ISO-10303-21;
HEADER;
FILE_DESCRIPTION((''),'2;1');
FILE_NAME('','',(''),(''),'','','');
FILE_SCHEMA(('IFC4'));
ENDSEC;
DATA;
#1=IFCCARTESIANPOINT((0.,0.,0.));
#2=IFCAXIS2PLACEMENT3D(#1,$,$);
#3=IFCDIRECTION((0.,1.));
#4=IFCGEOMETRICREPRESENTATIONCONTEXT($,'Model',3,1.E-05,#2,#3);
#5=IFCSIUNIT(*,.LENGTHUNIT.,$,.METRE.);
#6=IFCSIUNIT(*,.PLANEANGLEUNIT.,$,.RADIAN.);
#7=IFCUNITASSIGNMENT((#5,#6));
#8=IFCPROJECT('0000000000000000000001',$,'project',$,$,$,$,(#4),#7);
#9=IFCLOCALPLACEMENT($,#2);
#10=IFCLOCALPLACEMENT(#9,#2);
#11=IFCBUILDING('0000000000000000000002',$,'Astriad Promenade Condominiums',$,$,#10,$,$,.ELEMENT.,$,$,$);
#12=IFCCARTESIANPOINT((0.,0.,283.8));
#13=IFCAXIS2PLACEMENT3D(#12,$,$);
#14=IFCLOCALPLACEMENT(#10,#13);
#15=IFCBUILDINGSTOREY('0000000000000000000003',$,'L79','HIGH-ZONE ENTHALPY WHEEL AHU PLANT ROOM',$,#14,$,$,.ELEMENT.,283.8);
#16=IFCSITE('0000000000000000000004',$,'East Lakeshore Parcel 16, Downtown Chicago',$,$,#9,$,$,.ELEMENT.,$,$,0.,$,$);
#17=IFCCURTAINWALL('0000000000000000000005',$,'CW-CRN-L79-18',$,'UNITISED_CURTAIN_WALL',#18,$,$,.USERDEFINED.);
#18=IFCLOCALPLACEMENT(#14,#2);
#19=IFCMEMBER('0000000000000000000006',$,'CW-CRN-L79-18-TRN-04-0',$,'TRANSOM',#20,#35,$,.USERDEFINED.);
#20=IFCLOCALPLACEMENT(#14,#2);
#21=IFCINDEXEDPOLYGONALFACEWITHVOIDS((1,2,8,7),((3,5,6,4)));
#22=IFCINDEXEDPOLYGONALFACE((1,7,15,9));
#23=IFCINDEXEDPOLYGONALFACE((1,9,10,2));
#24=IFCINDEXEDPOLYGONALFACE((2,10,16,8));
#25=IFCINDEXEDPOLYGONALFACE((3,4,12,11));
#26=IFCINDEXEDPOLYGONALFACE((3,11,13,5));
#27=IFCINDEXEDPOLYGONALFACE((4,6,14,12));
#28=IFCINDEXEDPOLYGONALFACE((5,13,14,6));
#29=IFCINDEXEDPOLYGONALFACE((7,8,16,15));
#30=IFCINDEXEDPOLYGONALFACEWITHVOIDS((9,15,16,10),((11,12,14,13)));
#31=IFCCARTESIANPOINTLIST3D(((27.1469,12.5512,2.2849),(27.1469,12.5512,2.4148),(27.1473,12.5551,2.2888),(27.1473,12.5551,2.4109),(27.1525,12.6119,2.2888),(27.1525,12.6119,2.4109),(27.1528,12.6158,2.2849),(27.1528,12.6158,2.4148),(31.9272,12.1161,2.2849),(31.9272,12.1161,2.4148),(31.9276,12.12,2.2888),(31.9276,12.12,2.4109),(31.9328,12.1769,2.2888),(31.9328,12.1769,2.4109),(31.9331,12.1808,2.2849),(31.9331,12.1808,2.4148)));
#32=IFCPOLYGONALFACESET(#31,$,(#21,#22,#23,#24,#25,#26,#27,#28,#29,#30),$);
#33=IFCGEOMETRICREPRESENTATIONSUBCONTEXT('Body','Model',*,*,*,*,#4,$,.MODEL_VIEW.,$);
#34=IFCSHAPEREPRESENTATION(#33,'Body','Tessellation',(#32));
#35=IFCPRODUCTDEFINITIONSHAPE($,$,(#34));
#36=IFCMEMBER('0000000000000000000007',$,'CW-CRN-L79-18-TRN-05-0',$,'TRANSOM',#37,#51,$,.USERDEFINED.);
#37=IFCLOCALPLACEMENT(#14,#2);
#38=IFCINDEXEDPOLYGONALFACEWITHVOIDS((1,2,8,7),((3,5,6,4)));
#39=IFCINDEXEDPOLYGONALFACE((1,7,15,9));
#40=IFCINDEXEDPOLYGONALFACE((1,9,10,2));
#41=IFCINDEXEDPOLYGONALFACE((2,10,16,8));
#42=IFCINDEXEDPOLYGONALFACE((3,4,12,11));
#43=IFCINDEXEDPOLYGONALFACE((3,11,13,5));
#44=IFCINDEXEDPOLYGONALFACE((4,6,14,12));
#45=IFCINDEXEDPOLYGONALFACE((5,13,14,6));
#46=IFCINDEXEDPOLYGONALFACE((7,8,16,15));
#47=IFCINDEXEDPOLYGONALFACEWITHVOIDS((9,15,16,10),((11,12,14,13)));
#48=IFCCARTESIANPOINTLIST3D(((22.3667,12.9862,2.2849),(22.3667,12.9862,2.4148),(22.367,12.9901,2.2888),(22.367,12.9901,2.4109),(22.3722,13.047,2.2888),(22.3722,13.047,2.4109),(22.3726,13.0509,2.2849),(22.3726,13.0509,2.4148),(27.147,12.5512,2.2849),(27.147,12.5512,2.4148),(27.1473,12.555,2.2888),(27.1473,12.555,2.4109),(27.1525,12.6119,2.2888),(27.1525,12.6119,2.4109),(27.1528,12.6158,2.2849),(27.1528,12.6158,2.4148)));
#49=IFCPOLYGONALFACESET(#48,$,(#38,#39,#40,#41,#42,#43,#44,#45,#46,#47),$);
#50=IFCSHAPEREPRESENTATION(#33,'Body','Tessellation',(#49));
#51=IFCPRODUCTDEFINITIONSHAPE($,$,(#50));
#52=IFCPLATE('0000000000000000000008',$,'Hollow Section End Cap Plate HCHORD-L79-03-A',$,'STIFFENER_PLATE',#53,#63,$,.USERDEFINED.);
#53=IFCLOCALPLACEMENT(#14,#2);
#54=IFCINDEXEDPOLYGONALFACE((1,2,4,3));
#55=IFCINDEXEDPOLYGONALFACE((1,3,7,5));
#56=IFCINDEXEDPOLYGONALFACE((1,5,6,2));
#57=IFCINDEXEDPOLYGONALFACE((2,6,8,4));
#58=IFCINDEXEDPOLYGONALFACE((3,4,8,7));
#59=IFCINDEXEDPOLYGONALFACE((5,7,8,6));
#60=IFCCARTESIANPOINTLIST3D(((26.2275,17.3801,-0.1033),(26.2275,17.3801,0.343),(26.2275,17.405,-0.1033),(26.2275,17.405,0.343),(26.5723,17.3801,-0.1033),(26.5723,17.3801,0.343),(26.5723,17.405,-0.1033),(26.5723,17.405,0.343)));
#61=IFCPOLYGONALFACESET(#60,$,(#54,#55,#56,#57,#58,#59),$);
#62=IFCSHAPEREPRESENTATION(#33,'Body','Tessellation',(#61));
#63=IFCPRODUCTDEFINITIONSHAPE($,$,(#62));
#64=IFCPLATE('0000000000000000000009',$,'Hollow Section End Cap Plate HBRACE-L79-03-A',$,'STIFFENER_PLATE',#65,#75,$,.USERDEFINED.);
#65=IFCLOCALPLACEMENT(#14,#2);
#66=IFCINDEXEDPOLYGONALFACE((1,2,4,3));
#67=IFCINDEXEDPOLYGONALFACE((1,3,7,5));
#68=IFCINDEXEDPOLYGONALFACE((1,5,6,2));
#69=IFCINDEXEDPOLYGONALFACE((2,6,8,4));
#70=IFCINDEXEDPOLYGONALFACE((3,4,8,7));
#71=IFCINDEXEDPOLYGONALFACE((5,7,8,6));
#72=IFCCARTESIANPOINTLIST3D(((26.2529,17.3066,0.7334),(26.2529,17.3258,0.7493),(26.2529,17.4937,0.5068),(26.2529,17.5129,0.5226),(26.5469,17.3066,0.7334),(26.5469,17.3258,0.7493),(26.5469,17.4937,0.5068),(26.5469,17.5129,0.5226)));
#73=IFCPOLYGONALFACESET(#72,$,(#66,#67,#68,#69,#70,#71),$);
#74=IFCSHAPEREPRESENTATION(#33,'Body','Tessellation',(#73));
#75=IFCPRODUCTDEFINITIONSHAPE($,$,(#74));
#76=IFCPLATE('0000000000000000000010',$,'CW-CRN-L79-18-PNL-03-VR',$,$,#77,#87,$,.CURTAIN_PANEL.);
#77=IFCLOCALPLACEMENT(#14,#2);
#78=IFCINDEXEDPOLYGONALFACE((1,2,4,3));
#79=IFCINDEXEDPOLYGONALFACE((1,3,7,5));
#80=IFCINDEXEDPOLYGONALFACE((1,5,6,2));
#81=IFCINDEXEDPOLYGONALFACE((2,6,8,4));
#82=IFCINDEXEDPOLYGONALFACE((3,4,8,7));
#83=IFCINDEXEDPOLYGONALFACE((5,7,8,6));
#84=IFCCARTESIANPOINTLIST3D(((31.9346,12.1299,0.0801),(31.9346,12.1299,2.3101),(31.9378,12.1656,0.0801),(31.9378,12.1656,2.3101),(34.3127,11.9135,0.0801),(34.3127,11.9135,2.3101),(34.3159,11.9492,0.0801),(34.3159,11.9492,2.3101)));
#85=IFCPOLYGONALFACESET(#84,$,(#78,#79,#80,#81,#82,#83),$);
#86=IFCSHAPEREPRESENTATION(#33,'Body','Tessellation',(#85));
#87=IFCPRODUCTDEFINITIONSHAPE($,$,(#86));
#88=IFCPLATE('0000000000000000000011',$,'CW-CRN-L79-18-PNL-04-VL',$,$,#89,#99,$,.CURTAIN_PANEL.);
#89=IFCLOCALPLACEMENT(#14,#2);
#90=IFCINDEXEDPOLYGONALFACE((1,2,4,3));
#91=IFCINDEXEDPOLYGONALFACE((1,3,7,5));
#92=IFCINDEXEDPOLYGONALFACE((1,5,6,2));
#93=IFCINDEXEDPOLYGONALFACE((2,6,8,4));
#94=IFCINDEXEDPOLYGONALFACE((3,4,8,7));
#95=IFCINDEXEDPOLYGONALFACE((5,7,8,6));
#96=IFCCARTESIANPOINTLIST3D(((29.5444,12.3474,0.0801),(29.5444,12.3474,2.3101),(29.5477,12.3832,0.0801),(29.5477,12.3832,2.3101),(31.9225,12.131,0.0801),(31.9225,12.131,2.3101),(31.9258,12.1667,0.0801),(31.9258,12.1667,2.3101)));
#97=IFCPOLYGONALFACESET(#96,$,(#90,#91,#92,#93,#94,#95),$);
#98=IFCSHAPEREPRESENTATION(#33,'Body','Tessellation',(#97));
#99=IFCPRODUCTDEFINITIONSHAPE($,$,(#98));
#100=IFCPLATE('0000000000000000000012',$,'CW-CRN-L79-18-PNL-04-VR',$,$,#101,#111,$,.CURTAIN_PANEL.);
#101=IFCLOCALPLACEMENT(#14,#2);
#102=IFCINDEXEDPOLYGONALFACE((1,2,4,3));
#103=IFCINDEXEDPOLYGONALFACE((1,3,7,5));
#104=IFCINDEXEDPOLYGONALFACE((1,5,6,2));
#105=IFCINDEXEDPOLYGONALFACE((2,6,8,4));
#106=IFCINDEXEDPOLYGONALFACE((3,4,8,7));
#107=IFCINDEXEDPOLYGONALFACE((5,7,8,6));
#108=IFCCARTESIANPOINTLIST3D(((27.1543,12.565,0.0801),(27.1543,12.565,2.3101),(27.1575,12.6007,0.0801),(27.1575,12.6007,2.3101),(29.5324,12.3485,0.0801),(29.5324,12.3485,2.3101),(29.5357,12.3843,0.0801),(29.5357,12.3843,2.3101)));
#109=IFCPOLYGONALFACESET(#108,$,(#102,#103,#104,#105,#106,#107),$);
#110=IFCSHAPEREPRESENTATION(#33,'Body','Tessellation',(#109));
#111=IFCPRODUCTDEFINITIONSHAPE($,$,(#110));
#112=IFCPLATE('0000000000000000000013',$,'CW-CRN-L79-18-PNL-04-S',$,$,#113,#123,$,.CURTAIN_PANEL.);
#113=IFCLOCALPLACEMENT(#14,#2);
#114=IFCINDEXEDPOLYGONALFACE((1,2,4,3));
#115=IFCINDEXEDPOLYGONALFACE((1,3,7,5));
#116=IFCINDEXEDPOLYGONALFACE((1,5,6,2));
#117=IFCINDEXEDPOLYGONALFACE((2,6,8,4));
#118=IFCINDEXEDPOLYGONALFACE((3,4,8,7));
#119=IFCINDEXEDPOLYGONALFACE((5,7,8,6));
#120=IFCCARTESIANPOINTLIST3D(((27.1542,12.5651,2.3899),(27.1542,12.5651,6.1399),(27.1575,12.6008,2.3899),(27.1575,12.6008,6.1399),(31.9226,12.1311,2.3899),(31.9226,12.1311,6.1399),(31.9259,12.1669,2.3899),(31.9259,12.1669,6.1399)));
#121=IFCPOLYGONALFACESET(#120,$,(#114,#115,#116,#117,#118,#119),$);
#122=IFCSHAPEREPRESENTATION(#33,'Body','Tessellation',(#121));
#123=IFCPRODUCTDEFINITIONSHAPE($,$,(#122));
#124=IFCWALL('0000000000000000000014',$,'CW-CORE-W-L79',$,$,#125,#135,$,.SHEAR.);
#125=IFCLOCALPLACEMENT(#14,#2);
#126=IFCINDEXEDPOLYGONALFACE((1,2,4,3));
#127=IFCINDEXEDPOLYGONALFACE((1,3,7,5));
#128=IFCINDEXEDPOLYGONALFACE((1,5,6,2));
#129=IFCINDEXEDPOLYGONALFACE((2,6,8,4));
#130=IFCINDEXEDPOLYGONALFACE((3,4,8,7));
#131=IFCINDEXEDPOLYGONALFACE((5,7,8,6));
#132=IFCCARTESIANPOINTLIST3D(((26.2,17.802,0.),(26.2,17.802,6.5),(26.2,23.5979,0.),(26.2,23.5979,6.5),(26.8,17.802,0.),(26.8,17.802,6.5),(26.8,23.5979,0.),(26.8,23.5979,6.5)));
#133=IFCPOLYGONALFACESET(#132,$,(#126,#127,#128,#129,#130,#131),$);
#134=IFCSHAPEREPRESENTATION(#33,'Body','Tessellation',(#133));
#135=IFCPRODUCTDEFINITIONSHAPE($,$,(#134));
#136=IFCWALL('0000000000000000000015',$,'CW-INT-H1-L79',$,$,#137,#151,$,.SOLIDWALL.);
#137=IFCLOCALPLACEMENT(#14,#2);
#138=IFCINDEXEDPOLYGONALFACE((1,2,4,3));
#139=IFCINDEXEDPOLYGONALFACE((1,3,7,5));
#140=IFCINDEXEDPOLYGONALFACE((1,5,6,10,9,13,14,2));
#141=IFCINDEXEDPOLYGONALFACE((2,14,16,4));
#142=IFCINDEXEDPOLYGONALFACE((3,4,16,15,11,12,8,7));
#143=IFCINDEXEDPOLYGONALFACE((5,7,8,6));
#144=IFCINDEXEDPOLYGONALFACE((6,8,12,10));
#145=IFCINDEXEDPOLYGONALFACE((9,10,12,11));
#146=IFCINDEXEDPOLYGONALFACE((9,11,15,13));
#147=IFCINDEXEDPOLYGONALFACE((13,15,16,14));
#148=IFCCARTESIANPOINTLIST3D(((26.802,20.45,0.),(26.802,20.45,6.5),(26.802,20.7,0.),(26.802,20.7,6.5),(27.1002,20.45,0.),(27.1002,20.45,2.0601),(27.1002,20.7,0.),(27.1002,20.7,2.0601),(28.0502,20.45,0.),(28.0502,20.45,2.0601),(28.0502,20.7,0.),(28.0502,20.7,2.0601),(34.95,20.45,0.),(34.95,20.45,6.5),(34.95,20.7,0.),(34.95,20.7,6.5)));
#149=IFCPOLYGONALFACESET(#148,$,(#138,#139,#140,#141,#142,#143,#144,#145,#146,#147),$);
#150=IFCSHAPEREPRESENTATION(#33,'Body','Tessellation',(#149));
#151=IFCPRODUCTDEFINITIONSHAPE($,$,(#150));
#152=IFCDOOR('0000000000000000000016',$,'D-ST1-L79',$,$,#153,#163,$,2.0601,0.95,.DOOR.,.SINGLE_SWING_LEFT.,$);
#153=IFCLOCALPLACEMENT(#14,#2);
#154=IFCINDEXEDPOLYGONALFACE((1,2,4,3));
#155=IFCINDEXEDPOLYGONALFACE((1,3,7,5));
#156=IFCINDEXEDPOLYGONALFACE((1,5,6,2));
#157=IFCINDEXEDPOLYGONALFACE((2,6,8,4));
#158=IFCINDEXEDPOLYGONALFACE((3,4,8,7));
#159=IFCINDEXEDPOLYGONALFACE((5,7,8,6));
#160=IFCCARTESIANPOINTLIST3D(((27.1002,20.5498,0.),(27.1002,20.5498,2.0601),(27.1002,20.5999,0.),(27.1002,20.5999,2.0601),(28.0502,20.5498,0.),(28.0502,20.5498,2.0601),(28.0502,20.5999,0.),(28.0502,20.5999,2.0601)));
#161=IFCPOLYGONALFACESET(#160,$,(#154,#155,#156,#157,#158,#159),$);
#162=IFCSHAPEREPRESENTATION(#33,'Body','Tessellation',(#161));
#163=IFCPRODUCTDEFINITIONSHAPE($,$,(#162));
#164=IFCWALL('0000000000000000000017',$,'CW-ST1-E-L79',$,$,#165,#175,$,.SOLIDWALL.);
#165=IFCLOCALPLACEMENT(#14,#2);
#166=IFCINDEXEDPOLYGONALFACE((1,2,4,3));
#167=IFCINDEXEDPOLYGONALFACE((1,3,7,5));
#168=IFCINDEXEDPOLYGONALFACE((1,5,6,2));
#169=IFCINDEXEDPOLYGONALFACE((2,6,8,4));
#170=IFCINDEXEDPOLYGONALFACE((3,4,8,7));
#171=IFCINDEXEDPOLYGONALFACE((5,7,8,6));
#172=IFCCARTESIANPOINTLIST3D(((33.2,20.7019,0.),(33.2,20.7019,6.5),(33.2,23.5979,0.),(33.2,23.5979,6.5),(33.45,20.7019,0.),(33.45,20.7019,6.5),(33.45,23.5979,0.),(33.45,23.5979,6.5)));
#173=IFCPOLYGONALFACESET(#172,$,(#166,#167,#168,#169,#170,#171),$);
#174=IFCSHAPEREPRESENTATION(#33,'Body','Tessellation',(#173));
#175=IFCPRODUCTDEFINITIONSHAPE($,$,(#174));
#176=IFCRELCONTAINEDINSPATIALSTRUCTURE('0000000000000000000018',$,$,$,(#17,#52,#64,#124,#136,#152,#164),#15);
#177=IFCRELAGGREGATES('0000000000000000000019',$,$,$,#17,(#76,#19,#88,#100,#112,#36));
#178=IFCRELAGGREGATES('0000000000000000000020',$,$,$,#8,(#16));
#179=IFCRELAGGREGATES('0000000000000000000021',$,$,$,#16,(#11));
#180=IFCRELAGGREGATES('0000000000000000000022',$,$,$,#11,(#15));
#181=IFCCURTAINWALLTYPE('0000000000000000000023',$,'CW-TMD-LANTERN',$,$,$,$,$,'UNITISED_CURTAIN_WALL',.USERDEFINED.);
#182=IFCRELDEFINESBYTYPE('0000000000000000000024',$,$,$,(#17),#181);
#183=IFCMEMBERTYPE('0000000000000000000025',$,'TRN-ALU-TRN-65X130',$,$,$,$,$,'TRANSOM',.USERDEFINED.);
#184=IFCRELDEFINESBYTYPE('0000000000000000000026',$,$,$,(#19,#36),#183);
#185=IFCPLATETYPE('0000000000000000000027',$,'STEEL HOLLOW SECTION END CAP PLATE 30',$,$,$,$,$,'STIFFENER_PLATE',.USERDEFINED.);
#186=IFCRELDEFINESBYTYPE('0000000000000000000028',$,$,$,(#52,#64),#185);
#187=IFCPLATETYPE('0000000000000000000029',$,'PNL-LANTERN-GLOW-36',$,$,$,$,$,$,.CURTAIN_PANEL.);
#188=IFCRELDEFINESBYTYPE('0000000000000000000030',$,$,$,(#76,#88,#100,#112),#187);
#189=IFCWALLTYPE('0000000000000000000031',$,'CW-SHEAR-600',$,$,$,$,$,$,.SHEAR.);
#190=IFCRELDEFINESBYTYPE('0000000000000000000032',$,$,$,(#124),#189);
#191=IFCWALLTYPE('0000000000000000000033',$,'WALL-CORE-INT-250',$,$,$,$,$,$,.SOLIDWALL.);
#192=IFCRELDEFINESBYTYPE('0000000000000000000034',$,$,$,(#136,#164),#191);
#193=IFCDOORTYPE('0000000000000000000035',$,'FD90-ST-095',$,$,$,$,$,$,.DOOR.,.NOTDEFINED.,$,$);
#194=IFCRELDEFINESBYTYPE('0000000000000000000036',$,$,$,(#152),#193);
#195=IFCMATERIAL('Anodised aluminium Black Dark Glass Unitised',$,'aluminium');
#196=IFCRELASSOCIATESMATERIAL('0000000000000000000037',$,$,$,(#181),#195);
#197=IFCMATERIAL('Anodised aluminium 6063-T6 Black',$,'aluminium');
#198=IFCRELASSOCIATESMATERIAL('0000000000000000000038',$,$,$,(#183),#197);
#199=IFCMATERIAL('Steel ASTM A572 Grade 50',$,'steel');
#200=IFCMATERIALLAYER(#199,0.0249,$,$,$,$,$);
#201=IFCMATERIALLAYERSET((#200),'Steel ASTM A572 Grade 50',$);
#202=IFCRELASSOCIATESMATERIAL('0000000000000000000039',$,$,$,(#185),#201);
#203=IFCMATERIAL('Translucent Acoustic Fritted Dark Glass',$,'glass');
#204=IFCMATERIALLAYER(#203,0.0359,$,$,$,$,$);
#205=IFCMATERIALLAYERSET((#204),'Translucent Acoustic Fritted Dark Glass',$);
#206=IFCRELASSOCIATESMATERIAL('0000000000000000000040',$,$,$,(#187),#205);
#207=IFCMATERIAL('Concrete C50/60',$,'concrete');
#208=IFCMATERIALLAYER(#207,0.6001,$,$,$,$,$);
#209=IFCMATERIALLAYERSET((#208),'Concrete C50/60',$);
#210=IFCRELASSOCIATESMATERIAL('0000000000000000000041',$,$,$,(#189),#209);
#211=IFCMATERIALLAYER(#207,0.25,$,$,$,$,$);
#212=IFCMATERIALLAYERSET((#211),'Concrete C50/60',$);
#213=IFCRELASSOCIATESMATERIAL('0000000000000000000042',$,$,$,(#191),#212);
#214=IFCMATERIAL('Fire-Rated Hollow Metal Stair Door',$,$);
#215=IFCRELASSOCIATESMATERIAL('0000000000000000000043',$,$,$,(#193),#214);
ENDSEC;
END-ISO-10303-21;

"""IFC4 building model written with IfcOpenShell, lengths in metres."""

from ifc_helpers import new_model, si_unit, direction, frame, frame_2d, origin, origin_2d, place, context, subcontext, project, spatial, rectangle, hollow_rectangle, extrude, source, transform, mapped, material, layer, layer_set, material_profile, profile_set, type_object, type_shapes, element, fill, aggregate, save


model = new_model("IFC4")

# Units and contexts
model_context = context("Model", 3, precision=1e-05, world=origin(), true_north=direction((0.0, 1.0)))
body_context = subcontext(model_context, "Body", "Model", "MODEL_VIEW")
ifc_project = project(units=[si_unit("LENGTHUNIT", "METRE"), si_unit("PLANEANGLEUNIT", "RADIAN")], contexts=[model_context])

# Site, building, storey
site_placement = place(None, origin())
site = spatial("IfcSite", under=ifc_project, at=site_placement, Name="East Lakeshore Parcel 16, Downtown Chicago", CompositionType="ELEMENT", RefElevation=0.0)
building_placement = place(site_placement, origin())
building = spatial("IfcBuilding", under=site, at=building_placement, Name="Astriad Promenade Condominiums", CompositionType="ELEMENT")
storey_placement = place(building_placement, frame((0.0, 0.0, 283.8)))
storey = spatial("IfcBuildingStorey", under=building, at=storey_placement, Name="L79", Description="HIGH-ZONE ENTHALPY WHEEL AHU PLANT ROOM", CompositionType="ELEMENT", Elevation=283.8)

# Shared definitions
ifc_material_1 = material(Name="Concrete C50/60", Category="concrete")

# Curtain wall, members
ifc_material_2 = material(Name="Anodised aluminium Black Dark Glass Unitised", Category="aluminium")
curtain_wall_type = type_object("IfcCurtainWallType", Name="CW-TMD-LANTERN", ElementType="UNITISED_CURTAIN_WALL", PredefinedType="USERDEFINED", material=ifc_material_2)
curtain_wall_placement = place(storey_placement, origin())
curtain_wall = element("IfcCurtainWall", 1, at=curtain_wall_placement, inside=storey, type_object=curtain_wall_type, Name="CW-CRN-L79-18", ObjectType="UNITISED_CURTAIN_WALL", PredefinedType="USERDEFINED")
ifc_material_3 = material(Name="Anodised aluminium 6063-T6 Black", Category="aluminium")
ifc_material_profile_1 = material_profile(ifc_material_3, hollow_rectangle(XDim=0.0649, YDim=0.1299, WallThickness=0.0039, at=origin_2d()), Name="ALU-TRN-65X130")
ifc_profile_set_1 = profile_set([ifc_material_profile_1], Name="Anodised aluminium 6063-T6 Black")
member_type_1 = type_object("IfcMemberType", Name="TRN-ALU-TRN-65X130", ElementType="TRANSOM", PredefinedType="USERDEFINED", material=ifc_profile_set_1)
shared_shape_1 = source(origin(), body_context, "Body", "SweptSolid", [
    extrude(hollow_rectangle(XDim=0.0649, YDim=0.1299, WallThickness=0.0039, at=origin_2d()), origin(), (0.0, 0.0, 1.0), 4.8),
])
type_shapes(member_type_1, [shared_shape_1])
member_1_placement = place(storey_placement, frame((31.9302, 12.1484, 2.3499), z_axis=(-0.995884, 0.090637, 0.0), x_axis=(-0.090637, -0.995884, 0.0)))
member_1 = element("IfcMember", 2, at=member_1_placement, type_object=member_type_1, Name="CW-CRN-L79-18-TRN-04-0", ObjectType="TRANSOM", PredefinedType="USERDEFINED", context=body_context, shape_type="MappedRepresentation", body=[
    mapped(shared_shape_1, transform((0.0, 0.0, 0.0), scale=1.0)),
])
member_2_placement = place(storey_placement, frame((27.1499, 12.5835, 2.3499), z_axis=(-0.995884, 0.090637, 0.0), x_axis=(-0.090637, -0.995884, 0.0)))
member_2 = element("IfcMember", 3, at=member_2_placement, type_object=member_type_1, Name="CW-CRN-L79-18-TRN-05-0", ObjectType="TRANSOM", PredefinedType="USERDEFINED", context=body_context, shape_type="MappedRepresentation", body=[
    mapped(shared_shape_1, transform((0.0, 0.0, 0.0), scale=1.0)),
])

# Plates
ifc_material_4 = material(Name="Steel ASTM A572 Grade 50", Category="steel")
ifc_layer_1 = layer(ifc_material_4, 0.0249)
ifc_layer_set_1 = layer_set([ifc_layer_1], Name="Steel ASTM A572 Grade 50")
plate_type_1 = type_object("IfcPlateType", Name="STEEL HOLLOW SECTION END CAP PLATE 30", ElementType="STIFFENER_PLATE", PredefinedType="USERDEFINED", material=ifc_layer_set_1)
shared_shape_2 = source(origin(), body_context, "Body", "SweptSolid", [
    extrude(rectangle(XDim=0.3447, YDim=0.4463, at=origin_2d()), origin(), (0.0, 0.0, 1.0), 0.0249),
])
plate_1_placement = place(storey_placement, frame((26.3999, 17.3801, 0.1199), z_axis=(0.0, 1.0, 0.0), x_axis=(-1.0, 0.0, 0.0)))
element("IfcPlate", 4, at=plate_1_placement, inside=storey, type_object=plate_type_1, Name="Hollow Section End Cap Plate HCHORD-L79-03-A", ObjectType="STIFFENER_PLATE", PredefinedType="USERDEFINED", context=body_context, shape_type="MappedRepresentation", body=[
    mapped(shared_shape_2, transform((0.0, 0.0, 0.0), scale=1.0)),
])
shared_shape_3 = source(origin(), body_context, "Body", "SweptSolid", [
    extrude(rectangle(XDim=0.2939, YDim=0.2939, at=origin_2d()), origin(), (0.0, 0.0, 1.0), 0.0249),
])
type_shapes(plate_type_1, [shared_shape_2, shared_shape_3])
plate_2_placement = place(storey_placement, frame((26.3999, 17.4001, 0.6201), z_axis=(0.0, 0.771082, 0.636736), x_axis=(-1.0, 0.0, 0.0)))
element("IfcPlate", 5, at=plate_2_placement, inside=storey, type_object=plate_type_1, Name="Hollow Section End Cap Plate HBRACE-L79-03-A", ObjectType="STIFFENER_PLATE", PredefinedType="USERDEFINED", context=body_context, shape_type="MappedRepresentation", body=[
    mapped(shared_shape_3, transform((0.0, 0.0, 0.0), scale=1.0)),
])

# Plates
ifc_material_5 = material(Name="Translucent Acoustic Fritted Dark Glass", Category="glass")
ifc_layer_2 = layer(ifc_material_5, 0.0359)
ifc_layer_set_2 = layer_set([ifc_layer_2], Name="Translucent Acoustic Fritted Dark Glass")
plate_type_2 = type_object("IfcPlateType", Name="PNL-LANTERN-GLOW-36", PredefinedType="CURTAIN_PANEL", material=ifc_layer_set_2)
shared_shape_4 = source(origin(), body_context, "Body", "SweptSolid", [
    extrude(rectangle(XDim=2.3879, YDim=0.0359, at=origin_2d()), origin(), (0.0, 0.0, 1.0), 2.23),
])
plate_3_placement = place(storey_placement, frame((33.1252, 12.0396, 0.0801), z_axis=(0.0, 0.0, 1.0), x_axis=(-0.995884, 0.090633, 0.0)))
plate_3 = element("IfcPlate", 6, at=plate_3_placement, type_object=plate_type_2, Name="CW-CRN-L79-18-PNL-03-VR", PredefinedType="CURTAIN_PANEL", context=body_context, shape_type="MappedRepresentation", body=[
    mapped(shared_shape_4, transform((0.0, 0.0, 0.0), scale=1.0)),
])
plate_4_placement = place(storey_placement, frame((30.7351, 12.2571, 0.0801), z_axis=(0.0, 0.0, 1.0), x_axis=(-0.995884, 0.090633, 0.0)))
plate_4 = element("IfcPlate", 7, at=plate_4_placement, type_object=plate_type_2, Name="CW-CRN-L79-18-PNL-04-VL", PredefinedType="CURTAIN_PANEL", context=body_context, shape_type="MappedRepresentation", body=[
    mapped(shared_shape_4, transform((0.0, 0.0, 0.0), scale=1.0)),
])
plate_5_placement = place(storey_placement, frame((28.345, 12.4746, 0.0801), z_axis=(0.0, 0.0, 1.0), x_axis=(-0.995884, 0.090633, 0.0)))
plate_5 = element("IfcPlate", 8, at=plate_5_placement, type_object=plate_type_2, Name="CW-CRN-L79-18-PNL-04-VR", PredefinedType="CURTAIN_PANEL", context=body_context, shape_type="MappedRepresentation", body=[
    mapped(shared_shape_4, transform((0.0, 0.0, 0.0), scale=1.0)),
])
shared_shape_5 = source(origin(), body_context, "Body", "SweptSolid", [
    extrude(rectangle(XDim=4.7881, YDim=0.0359, at=origin_2d()), origin(), (0.0, 0.0, 1.0), 3.75),
])
type_shapes(plate_type_2, [shared_shape_4, shared_shape_5])
plate_6_placement = place(storey_placement, frame((29.54, 12.366, 2.3899), z_axis=(0.0, 0.0, 1.0), x_axis=(-0.995884, 0.090633, 0.0)))
plate_6 = element("IfcPlate", 9, at=plate_6_placement, type_object=plate_type_2, Name="CW-CRN-L79-18-PNL-04-S", PredefinedType="CURTAIN_PANEL", context=body_context, shape_type="MappedRepresentation", body=[
    mapped(shared_shape_5, transform((0.0, 0.0, 0.0), scale=1.0)),
])
aggregate(curtain_wall, [plate_3, member_1, plate_4, plate_5, plate_6, member_2])

# Wall
ifc_layer_3 = layer(ifc_material_1, 0.6001)
ifc_layer_set_3 = layer_set([ifc_layer_3], Name="Concrete C50/60")
wall_type_1 = type_object("IfcWallType", Name="CW-SHEAR-600", PredefinedType="SHEAR", material=ifc_layer_set_3)
wall_1_placement = place(storey_placement, frame((26.5, 17.802, 0.0), z_axis=(0.0, 0.0, 1.0), x_axis=(0.0, 1.0, 0.0)))
element("IfcWall", 10, at=wall_1_placement, inside=storey, type_object=wall_type_1, Name="CW-CORE-W-L79", PredefinedType="SHEAR", context=body_context, shape_type="SweptSolid", body=[
    extrude(rectangle(XDim=5.7959, YDim=0.6001, at=frame_2d((2.8979, 0.0))), origin(), (0.0, 0.0, 1.0), 6.5),
])

# Wall, opening, door
ifc_layer_4 = layer(ifc_material_1, 0.25)
ifc_layer_set_4 = layer_set([ifc_layer_4], Name="Concrete C50/60")
wall_type_2 = type_object("IfcWallType", Name="WALL-CORE-INT-250", PredefinedType="SOLIDWALL", material=ifc_layer_set_4)
wall_2_placement = place(storey_placement, frame((26.802, 20.575, 0.0), z_axis=(0.0, 0.0, 1.0), x_axis=(1.0, 0.0, 0.0)))
wall_2 = element("IfcWall", 11, at=wall_2_placement, inside=storey, type_object=wall_type_2, Name="CW-INT-H1-L79", PredefinedType="SOLIDWALL", context=body_context, shape_type="SweptSolid", body=[
    extrude(rectangle(XDim=8.1479, YDim=0.25, at=frame_2d((4.074, 0.0))), origin(), (0.0, 0.0, 1.0), 6.5),
])
opening_1_placement = place(wall_2_placement, frame((0.2981, 0.0, 0.0)))
opening_1 = element("IfcOpeningElement", 12, at=opening_1_placement, cuts=wall_2, PredefinedType="OPENING", context=body_context, shape_type="SweptSolid", body=[
    extrude(rectangle(XDim=0.95, YDim=2.0601, at=frame_2d((0.4751, 1.03))), frame((0.0, 0.135, 0.0), z_axis=(0.0, -1.0, 0.0), x_axis=(1.0, 0.0, 0.0)), (0.0, 0.0, 1.0), 0.27),
])
ifc_material_6 = material(Name="Fire-Rated Hollow Metal Stair Door")
door_type_1 = type_object("IfcDoorType", Name="FD90-ST-095", OperationType="NOTDEFINED", PredefinedType="DOOR", material=ifc_material_6)
shared_shape_6 = source(origin(), body_context, "Body", "SweptSolid", [
    extrude(rectangle(XDim=0.95, YDim=2.0601, at=frame_2d((0.4751, 1.03))), frame((0.0, 0.0249, 0.0), z_axis=(0.0, -1.0, 0.0), x_axis=(1.0, 0.0, 0.0)), (0.0, 0.0, 1.0), 0.05),
])
type_shapes(door_type_1, [shared_shape_6])
door_1_placement = place(opening_1_placement, origin())
door_1 = element("IfcDoor", 13, at=door_1_placement, inside=storey, type_object=door_type_1, Name="D-ST1-L79", OperationType="SINGLE_SWING_LEFT", OverallHeight=2.0601, OverallWidth=0.95, PredefinedType="DOOR", context=body_context, shape_type="MappedRepresentation", body=[
    mapped(shared_shape_6, transform((0.0, 0.0, 0.0), scale=1.0)),
])
fill(opening_1, door_1)

# Wall
wall_3_placement = place(storey_placement, frame((33.325, 20.7019, 0.0), z_axis=(0.0, 0.0, 1.0), x_axis=(0.0, 1.0, 0.0)))
element("IfcWall", 14, at=wall_3_placement, inside=storey, type_object=wall_type_2, Name="CW-ST1-E-L79", PredefinedType="SOLIDWALL", context=body_context, shape_type="SweptSolid", body=[
    extrude(rectangle(XDim=2.896, YDim=0.25, at=frame_2d((1.448, 0.0))), origin(), (0.0, 0.0, 1.0), 6.5),
])

save(model, "model.ifc")
